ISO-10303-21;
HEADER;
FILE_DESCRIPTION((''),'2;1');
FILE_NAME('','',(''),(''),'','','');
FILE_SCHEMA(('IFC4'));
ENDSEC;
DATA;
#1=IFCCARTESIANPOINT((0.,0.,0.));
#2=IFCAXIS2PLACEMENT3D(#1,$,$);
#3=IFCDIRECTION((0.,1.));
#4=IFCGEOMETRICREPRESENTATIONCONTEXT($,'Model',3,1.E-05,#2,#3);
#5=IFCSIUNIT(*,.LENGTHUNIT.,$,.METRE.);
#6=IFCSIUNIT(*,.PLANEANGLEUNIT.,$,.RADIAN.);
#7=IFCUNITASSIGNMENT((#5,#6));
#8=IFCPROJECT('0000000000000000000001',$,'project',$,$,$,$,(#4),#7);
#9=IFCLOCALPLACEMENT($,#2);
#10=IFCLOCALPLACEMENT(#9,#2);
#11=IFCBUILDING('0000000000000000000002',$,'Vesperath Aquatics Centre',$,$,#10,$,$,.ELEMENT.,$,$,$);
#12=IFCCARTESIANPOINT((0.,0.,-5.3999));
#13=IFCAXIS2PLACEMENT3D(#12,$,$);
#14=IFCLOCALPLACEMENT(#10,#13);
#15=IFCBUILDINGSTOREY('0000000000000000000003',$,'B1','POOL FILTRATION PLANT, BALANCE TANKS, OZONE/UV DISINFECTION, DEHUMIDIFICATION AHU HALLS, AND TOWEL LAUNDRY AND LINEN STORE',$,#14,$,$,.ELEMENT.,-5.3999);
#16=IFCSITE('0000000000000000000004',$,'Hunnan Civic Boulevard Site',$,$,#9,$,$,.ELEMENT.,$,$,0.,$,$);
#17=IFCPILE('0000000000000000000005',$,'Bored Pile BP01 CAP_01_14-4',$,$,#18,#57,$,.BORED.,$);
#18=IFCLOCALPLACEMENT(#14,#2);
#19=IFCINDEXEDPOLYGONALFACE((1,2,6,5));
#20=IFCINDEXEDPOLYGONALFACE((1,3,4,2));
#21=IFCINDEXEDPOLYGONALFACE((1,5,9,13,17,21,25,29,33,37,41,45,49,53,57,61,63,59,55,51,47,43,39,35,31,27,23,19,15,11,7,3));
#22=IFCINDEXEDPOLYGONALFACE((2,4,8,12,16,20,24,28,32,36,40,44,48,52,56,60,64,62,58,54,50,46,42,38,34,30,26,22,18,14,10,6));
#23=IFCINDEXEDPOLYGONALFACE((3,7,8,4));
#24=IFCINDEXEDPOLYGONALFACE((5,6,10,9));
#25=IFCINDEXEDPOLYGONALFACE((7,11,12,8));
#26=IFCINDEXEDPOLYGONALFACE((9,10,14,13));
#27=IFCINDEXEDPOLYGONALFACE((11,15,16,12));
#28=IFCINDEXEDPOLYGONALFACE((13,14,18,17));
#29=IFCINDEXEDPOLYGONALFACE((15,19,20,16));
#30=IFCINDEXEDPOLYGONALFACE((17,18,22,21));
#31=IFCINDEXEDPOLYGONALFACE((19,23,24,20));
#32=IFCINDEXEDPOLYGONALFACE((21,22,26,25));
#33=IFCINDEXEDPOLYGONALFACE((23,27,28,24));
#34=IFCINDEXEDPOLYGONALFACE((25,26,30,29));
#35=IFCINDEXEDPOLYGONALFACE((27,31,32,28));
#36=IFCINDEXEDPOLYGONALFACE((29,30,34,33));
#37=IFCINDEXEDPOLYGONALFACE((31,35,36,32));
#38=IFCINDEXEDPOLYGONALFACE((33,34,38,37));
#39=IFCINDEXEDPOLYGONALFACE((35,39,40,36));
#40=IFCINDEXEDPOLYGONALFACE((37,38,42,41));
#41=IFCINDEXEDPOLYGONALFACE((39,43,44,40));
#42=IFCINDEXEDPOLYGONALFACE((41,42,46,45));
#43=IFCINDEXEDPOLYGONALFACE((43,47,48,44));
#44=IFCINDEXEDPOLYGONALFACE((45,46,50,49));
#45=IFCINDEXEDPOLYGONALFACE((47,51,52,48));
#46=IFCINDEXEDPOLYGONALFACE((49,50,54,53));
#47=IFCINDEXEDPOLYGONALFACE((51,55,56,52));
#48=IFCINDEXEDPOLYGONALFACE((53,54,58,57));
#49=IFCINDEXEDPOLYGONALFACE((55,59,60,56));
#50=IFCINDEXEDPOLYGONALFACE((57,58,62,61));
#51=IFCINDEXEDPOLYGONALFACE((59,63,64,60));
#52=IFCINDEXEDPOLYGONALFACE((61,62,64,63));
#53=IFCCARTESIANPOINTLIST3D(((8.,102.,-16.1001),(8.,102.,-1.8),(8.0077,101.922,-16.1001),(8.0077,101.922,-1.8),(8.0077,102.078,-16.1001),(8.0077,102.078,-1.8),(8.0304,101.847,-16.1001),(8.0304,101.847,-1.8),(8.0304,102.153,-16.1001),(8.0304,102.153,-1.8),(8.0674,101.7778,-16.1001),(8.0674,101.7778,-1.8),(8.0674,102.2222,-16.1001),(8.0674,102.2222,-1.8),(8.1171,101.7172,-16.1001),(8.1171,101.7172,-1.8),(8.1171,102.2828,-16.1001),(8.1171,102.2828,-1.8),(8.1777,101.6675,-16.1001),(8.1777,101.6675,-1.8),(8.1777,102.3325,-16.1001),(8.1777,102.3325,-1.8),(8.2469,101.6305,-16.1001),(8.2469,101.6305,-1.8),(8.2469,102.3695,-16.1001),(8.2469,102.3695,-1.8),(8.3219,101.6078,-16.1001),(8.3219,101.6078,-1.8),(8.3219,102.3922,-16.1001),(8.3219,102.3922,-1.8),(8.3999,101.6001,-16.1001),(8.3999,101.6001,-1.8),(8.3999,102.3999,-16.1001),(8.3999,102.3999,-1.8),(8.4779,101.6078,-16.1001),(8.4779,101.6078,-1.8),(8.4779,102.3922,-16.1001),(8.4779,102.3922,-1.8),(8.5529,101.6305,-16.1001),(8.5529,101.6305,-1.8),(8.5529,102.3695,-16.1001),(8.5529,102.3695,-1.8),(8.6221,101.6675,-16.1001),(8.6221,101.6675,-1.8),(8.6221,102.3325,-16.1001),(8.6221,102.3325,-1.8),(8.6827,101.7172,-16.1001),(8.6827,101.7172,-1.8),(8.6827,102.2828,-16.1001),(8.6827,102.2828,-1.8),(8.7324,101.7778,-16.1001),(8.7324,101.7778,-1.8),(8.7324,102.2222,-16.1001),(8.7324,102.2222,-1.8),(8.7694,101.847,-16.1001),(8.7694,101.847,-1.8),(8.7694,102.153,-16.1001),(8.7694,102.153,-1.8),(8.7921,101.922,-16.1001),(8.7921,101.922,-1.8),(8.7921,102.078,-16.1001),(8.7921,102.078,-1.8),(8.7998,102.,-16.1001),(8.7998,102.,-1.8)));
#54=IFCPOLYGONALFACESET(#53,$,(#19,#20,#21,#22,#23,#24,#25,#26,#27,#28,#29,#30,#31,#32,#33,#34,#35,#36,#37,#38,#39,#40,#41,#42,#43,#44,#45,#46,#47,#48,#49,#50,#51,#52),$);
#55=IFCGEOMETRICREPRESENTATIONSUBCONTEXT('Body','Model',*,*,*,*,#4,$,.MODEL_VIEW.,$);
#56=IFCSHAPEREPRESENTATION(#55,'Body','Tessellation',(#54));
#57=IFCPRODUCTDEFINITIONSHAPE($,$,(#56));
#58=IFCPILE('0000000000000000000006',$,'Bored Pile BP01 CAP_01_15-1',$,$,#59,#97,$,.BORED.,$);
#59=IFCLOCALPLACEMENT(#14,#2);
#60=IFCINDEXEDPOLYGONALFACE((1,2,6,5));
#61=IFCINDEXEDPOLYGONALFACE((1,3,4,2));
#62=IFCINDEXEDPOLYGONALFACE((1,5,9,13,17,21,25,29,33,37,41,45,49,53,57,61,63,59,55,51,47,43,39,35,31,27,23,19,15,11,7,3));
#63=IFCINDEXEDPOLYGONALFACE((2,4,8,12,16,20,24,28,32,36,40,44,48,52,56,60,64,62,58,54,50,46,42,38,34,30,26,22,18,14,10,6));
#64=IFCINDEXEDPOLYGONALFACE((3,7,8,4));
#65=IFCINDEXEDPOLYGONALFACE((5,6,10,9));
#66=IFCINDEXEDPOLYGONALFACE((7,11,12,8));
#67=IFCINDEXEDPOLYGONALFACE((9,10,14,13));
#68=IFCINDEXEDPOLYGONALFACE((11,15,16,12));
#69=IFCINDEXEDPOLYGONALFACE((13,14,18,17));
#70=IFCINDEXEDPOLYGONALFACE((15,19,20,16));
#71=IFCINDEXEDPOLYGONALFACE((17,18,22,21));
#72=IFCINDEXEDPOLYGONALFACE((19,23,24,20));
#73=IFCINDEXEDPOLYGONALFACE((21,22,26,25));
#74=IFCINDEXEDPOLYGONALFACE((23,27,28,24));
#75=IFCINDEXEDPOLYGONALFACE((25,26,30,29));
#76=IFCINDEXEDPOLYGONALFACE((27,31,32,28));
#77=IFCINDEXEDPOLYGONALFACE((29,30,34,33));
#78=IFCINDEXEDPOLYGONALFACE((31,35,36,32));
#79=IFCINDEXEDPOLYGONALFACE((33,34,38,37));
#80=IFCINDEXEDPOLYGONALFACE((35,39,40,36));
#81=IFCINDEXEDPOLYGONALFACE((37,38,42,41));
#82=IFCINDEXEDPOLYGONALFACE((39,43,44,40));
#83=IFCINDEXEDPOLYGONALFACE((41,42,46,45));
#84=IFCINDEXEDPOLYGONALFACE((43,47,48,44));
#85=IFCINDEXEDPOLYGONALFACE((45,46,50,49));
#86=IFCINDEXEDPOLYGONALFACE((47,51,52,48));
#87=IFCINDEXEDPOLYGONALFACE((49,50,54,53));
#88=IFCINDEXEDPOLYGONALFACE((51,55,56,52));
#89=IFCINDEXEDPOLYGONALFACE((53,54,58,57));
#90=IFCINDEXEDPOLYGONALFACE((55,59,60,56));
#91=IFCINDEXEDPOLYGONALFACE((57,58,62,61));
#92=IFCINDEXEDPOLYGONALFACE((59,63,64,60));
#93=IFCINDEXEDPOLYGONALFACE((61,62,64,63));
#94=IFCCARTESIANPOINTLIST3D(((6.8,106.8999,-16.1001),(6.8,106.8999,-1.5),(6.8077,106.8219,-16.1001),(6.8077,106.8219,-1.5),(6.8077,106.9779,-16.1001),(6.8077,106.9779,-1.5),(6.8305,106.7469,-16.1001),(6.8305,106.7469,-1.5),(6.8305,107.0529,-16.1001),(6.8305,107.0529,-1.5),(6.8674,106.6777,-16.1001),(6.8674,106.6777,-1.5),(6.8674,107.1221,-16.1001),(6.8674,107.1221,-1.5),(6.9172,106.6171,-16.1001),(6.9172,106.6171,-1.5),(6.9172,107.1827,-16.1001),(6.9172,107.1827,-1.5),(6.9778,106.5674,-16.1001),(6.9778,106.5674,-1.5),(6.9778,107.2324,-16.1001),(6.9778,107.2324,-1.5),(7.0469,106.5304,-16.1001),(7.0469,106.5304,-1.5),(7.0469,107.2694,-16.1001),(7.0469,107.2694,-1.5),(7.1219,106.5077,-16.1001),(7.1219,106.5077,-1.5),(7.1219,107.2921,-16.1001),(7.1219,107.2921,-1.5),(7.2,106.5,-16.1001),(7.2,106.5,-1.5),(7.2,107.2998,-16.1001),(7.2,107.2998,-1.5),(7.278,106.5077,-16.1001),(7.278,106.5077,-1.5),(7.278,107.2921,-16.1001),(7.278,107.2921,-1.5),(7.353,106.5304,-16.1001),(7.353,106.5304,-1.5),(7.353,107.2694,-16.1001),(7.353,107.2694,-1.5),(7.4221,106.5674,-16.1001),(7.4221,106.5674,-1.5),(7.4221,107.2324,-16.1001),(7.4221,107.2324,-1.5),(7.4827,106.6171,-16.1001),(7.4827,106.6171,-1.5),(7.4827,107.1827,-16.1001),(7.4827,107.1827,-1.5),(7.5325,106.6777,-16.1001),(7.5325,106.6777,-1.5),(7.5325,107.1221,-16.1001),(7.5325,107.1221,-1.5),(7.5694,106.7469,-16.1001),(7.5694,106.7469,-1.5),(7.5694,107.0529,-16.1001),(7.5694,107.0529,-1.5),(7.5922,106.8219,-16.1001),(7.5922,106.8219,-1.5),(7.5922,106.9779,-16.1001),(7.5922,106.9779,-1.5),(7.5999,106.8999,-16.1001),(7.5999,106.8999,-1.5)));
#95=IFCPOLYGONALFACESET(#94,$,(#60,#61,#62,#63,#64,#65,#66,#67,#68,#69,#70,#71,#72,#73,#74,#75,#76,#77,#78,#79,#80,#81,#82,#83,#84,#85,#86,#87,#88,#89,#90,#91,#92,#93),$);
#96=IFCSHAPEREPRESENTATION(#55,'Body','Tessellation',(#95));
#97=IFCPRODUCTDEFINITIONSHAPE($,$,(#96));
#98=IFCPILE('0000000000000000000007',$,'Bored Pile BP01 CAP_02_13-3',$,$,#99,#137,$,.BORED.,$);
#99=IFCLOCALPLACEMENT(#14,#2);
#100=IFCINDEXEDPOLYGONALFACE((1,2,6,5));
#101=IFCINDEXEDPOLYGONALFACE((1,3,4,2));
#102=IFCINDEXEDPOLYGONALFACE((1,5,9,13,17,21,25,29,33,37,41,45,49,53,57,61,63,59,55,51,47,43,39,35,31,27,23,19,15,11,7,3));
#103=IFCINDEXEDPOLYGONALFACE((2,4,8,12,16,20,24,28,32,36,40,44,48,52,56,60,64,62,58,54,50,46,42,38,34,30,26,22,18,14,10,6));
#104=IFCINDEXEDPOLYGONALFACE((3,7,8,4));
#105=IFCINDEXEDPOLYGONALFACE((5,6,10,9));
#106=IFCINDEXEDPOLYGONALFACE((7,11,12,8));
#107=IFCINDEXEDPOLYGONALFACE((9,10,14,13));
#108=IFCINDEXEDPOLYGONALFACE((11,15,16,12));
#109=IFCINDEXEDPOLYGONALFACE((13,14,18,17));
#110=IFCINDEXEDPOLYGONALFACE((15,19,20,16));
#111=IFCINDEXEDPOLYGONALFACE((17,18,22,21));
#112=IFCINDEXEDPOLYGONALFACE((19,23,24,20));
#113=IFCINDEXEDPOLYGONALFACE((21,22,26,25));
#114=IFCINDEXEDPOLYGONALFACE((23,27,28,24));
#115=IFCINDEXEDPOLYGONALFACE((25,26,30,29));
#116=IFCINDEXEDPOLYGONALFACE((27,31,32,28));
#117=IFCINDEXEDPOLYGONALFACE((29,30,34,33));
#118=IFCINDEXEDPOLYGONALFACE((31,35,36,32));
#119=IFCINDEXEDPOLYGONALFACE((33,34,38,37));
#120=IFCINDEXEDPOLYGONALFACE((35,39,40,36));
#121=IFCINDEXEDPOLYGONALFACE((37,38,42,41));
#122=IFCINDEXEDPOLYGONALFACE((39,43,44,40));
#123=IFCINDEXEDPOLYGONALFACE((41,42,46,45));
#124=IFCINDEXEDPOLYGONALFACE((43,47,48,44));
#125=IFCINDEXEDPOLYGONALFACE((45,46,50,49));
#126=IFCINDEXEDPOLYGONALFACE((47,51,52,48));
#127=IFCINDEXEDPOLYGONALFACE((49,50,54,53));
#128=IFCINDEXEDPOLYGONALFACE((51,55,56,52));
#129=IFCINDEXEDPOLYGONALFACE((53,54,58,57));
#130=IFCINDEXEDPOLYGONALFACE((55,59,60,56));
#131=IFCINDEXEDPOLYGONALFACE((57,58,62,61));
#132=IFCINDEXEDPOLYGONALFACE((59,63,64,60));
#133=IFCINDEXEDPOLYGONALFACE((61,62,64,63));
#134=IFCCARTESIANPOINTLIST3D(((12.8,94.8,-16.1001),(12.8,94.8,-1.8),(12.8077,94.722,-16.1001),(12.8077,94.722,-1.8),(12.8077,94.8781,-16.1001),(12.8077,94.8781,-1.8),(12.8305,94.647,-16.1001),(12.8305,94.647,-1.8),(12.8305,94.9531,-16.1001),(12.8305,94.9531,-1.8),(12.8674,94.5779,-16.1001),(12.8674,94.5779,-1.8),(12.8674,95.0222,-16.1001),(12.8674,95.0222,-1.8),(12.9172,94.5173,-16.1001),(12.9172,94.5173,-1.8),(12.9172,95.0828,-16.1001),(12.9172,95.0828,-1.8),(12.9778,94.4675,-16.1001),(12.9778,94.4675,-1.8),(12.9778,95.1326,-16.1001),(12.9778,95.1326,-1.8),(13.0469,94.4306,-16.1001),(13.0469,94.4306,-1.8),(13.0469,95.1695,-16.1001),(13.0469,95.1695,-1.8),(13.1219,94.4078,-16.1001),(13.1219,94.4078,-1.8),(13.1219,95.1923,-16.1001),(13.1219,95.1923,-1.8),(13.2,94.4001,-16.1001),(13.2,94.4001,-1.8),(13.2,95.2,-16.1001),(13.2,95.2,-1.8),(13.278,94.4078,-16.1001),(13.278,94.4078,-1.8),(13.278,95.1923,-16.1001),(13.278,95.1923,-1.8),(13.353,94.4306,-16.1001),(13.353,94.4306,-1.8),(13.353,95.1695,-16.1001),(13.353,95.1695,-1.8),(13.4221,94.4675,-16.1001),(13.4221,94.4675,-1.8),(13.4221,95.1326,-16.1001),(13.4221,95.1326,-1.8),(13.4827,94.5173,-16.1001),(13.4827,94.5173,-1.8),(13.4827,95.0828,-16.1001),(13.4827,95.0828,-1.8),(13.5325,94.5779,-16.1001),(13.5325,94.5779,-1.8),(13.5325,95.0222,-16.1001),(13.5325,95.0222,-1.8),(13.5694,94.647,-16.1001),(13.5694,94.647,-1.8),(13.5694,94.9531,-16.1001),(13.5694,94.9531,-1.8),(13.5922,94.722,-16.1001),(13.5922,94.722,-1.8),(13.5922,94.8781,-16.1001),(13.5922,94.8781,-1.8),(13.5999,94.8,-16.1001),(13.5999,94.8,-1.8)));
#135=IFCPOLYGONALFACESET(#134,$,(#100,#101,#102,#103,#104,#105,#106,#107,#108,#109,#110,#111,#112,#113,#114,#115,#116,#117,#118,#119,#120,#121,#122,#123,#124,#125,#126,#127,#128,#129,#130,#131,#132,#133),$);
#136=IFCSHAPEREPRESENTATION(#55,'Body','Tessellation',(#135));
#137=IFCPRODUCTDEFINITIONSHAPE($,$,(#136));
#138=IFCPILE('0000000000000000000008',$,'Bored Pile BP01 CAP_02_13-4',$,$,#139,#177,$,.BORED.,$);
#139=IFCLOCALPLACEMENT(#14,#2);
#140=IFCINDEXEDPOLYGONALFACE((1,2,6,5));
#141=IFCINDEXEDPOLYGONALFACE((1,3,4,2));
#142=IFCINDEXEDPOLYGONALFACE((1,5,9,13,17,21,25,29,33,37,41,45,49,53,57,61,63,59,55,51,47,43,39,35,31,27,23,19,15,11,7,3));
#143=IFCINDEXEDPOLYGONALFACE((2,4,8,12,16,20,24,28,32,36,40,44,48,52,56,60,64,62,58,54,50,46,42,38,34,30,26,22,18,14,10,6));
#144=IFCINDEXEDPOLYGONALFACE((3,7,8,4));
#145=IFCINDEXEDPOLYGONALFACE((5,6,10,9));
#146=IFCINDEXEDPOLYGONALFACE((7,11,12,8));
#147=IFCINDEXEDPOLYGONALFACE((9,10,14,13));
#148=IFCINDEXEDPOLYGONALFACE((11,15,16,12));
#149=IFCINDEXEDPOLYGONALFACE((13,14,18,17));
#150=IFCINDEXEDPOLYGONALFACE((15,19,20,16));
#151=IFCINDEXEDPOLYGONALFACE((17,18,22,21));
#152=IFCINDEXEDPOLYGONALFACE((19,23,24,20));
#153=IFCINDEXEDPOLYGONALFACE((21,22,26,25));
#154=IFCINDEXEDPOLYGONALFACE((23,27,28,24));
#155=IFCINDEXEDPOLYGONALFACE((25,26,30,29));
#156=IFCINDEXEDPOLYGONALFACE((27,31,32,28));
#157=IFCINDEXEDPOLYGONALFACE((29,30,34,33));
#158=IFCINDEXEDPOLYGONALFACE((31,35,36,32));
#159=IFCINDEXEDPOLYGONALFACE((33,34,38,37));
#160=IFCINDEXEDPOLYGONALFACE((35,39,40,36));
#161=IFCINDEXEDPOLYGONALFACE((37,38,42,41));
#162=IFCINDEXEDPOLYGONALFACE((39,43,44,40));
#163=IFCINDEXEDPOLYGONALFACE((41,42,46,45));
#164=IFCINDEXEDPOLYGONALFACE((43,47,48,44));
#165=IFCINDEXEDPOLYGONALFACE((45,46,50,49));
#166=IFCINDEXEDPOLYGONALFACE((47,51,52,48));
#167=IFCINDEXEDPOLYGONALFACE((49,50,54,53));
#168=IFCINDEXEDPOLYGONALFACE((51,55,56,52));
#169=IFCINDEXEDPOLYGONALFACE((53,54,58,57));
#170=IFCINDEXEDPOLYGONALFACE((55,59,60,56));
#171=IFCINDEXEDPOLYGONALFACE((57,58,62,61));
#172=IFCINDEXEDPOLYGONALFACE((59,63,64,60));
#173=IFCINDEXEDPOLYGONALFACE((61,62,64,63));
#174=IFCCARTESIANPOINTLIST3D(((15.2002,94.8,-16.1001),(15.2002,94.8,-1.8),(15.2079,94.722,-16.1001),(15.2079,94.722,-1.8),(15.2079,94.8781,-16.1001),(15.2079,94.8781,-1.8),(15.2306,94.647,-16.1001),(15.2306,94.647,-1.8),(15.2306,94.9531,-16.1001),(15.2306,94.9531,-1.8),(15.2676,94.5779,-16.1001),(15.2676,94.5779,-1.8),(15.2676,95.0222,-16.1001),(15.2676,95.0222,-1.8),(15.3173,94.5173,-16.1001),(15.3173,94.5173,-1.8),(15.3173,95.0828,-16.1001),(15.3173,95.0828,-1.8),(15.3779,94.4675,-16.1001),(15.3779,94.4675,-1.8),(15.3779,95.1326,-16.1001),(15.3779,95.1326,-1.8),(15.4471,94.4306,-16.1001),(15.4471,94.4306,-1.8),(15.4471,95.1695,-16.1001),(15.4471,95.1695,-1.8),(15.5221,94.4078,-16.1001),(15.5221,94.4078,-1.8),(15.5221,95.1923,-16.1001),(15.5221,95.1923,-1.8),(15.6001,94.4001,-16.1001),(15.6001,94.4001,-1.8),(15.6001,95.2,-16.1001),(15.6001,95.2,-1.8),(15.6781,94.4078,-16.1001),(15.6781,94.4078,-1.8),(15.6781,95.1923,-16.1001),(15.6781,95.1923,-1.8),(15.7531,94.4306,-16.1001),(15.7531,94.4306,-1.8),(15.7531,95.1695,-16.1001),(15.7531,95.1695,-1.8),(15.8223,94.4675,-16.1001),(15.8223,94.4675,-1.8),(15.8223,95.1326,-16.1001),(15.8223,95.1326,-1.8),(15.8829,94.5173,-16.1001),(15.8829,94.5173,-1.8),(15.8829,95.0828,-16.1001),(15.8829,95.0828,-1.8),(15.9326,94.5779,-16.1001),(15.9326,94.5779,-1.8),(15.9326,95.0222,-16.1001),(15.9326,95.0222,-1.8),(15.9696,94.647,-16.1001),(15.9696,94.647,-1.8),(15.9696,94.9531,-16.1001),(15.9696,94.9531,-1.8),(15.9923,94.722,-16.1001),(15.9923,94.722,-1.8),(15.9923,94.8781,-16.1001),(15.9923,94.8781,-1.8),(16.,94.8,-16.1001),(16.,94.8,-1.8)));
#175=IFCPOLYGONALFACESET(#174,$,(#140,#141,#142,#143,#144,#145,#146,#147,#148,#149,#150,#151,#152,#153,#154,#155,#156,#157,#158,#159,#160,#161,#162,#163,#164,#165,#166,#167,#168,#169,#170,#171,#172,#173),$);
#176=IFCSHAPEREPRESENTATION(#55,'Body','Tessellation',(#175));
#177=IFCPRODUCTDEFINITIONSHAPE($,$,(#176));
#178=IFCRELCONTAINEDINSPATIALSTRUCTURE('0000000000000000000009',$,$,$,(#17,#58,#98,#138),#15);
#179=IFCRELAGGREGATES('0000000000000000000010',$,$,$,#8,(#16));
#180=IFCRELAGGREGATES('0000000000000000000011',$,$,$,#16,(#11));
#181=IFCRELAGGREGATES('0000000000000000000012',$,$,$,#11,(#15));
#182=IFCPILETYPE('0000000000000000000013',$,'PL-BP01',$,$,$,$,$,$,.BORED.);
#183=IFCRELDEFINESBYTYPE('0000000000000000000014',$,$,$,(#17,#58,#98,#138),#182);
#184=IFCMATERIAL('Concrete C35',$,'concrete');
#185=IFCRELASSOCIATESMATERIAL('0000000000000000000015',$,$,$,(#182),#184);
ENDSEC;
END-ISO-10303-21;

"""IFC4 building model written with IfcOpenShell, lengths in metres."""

from ifc_helpers import new_model, si_unit, direction, frame, origin, origin_2d, place, context, subcontext, project, spatial, circle, extrude, material, material_profile, profile_set, type_object, element, save


model = new_model("IFC4")

# Units and contexts
model_context = context("Model", 3, precision=1e-05, world=origin(), true_north=direction((0.0, 1.0)))
body_context = subcontext(model_context, "Body", "Model", "MODEL_VIEW")
ifc_project = project(units=[si_unit("LENGTHUNIT", "METRE"), si_unit("PLANEANGLEUNIT", "RADIAN")], contexts=[model_context])

# Site, building, storey
site_placement = place(None, origin())
site = spatial("IfcSite", under=ifc_project, at=site_placement, Name="Hunnan Civic Boulevard Site", CompositionType="ELEMENT", RefElevation=0.0)
building_placement = place(site_placement, origin())
building = spatial("IfcBuilding", under=site, at=building_placement, Name="Vesperath Aquatics Centre", CompositionType="ELEMENT")
storey_placement = place(building_placement, frame((0.0, 0.0, -5.3999)))
storey = spatial("IfcBuildingStorey", under=building, at=storey_placement, Name="B1", Description="POOL FILTRATION PLANT, BALANCE TANKS, OZONE/UV DISINFECTION, DEHUMIDIFICATION AHU HALLS, AND TOWEL LAUNDRY AND LINEN STORE", CompositionType="ELEMENT", Elevation=-5.3999)

# Piles
ifc_material_1 = material(Name="Concrete C35", Category="concrete")
ifc_material_profile_1 = material_profile(ifc_material_1, circle(Radius=0.3999, at=origin_2d()), Name="PILE D800")
ifc_profile_set_1 = profile_set([ifc_material_profile_1], Name="Concrete C35")
pile_type = type_object("IfcPileType", Name="PL-BP01", PredefinedType="BORED", material=ifc_profile_set_1)
for number, where, z_axis, x_axis, name in (
    (1, (8.3999, 102.0, -1.8), (0.0, 0.0, -1.0), (1.0, 0.0, 0.0), "Bored Pile BP01 CAP_01_14-4"),
):
    element("IfcPile", number, at=place(storey_placement, frame(where, z_axis=z_axis, x_axis=x_axis)), inside=storey, type_object=pile_type, Name=name, PredefinedType="BORED", context=body_context, shape_type="SweptSolid", body=[
        extrude(circle(Radius=0.3999, at=origin_2d()), origin(), (0.0, 0.0, 1.0), 14.3),
    ])
pile_placement = place(storey_placement, frame((7.2, 106.8999, -1.5), z_axis=(0.0, 0.0, -1.0), x_axis=(1.0, 0.0, 0.0)))
element("IfcPile", 2, at=pile_placement, inside=storey, type_object=pile_type, Name="Bored Pile BP01 CAP_01_15-1", PredefinedType="BORED", context=body_context, shape_type="SweptSolid", body=[
    extrude(circle(Radius=0.3999, at=origin_2d()), origin(), (0.0, 0.0, 1.0), 14.6001),
])
for number, where, z_axis, x_axis, name in (
    (3, (13.2, 94.8, -1.8), (0.0, 0.0, -1.0), (1.0, 0.0, 0.0), "Bored Pile BP01 CAP_02_13-3"),
    (4, (15.6001, 94.8, -1.8), (0.0, 0.0, -1.0), (1.0, 0.0, 0.0), "Bored Pile BP01 CAP_02_13-4"),
):
    element("IfcPile", number, at=place(storey_placement, frame(where, z_axis=z_axis, x_axis=x_axis)), inside=storey, type_object=pile_type, Name=name, PredefinedType="BORED", context=body_context, shape_type="SweptSolid", body=[
        extrude(circle(Radius=0.3999, at=origin_2d()), origin(), (0.0, 0.0, 1.0), 14.3),
    ])

save(model, "model.ifc")
